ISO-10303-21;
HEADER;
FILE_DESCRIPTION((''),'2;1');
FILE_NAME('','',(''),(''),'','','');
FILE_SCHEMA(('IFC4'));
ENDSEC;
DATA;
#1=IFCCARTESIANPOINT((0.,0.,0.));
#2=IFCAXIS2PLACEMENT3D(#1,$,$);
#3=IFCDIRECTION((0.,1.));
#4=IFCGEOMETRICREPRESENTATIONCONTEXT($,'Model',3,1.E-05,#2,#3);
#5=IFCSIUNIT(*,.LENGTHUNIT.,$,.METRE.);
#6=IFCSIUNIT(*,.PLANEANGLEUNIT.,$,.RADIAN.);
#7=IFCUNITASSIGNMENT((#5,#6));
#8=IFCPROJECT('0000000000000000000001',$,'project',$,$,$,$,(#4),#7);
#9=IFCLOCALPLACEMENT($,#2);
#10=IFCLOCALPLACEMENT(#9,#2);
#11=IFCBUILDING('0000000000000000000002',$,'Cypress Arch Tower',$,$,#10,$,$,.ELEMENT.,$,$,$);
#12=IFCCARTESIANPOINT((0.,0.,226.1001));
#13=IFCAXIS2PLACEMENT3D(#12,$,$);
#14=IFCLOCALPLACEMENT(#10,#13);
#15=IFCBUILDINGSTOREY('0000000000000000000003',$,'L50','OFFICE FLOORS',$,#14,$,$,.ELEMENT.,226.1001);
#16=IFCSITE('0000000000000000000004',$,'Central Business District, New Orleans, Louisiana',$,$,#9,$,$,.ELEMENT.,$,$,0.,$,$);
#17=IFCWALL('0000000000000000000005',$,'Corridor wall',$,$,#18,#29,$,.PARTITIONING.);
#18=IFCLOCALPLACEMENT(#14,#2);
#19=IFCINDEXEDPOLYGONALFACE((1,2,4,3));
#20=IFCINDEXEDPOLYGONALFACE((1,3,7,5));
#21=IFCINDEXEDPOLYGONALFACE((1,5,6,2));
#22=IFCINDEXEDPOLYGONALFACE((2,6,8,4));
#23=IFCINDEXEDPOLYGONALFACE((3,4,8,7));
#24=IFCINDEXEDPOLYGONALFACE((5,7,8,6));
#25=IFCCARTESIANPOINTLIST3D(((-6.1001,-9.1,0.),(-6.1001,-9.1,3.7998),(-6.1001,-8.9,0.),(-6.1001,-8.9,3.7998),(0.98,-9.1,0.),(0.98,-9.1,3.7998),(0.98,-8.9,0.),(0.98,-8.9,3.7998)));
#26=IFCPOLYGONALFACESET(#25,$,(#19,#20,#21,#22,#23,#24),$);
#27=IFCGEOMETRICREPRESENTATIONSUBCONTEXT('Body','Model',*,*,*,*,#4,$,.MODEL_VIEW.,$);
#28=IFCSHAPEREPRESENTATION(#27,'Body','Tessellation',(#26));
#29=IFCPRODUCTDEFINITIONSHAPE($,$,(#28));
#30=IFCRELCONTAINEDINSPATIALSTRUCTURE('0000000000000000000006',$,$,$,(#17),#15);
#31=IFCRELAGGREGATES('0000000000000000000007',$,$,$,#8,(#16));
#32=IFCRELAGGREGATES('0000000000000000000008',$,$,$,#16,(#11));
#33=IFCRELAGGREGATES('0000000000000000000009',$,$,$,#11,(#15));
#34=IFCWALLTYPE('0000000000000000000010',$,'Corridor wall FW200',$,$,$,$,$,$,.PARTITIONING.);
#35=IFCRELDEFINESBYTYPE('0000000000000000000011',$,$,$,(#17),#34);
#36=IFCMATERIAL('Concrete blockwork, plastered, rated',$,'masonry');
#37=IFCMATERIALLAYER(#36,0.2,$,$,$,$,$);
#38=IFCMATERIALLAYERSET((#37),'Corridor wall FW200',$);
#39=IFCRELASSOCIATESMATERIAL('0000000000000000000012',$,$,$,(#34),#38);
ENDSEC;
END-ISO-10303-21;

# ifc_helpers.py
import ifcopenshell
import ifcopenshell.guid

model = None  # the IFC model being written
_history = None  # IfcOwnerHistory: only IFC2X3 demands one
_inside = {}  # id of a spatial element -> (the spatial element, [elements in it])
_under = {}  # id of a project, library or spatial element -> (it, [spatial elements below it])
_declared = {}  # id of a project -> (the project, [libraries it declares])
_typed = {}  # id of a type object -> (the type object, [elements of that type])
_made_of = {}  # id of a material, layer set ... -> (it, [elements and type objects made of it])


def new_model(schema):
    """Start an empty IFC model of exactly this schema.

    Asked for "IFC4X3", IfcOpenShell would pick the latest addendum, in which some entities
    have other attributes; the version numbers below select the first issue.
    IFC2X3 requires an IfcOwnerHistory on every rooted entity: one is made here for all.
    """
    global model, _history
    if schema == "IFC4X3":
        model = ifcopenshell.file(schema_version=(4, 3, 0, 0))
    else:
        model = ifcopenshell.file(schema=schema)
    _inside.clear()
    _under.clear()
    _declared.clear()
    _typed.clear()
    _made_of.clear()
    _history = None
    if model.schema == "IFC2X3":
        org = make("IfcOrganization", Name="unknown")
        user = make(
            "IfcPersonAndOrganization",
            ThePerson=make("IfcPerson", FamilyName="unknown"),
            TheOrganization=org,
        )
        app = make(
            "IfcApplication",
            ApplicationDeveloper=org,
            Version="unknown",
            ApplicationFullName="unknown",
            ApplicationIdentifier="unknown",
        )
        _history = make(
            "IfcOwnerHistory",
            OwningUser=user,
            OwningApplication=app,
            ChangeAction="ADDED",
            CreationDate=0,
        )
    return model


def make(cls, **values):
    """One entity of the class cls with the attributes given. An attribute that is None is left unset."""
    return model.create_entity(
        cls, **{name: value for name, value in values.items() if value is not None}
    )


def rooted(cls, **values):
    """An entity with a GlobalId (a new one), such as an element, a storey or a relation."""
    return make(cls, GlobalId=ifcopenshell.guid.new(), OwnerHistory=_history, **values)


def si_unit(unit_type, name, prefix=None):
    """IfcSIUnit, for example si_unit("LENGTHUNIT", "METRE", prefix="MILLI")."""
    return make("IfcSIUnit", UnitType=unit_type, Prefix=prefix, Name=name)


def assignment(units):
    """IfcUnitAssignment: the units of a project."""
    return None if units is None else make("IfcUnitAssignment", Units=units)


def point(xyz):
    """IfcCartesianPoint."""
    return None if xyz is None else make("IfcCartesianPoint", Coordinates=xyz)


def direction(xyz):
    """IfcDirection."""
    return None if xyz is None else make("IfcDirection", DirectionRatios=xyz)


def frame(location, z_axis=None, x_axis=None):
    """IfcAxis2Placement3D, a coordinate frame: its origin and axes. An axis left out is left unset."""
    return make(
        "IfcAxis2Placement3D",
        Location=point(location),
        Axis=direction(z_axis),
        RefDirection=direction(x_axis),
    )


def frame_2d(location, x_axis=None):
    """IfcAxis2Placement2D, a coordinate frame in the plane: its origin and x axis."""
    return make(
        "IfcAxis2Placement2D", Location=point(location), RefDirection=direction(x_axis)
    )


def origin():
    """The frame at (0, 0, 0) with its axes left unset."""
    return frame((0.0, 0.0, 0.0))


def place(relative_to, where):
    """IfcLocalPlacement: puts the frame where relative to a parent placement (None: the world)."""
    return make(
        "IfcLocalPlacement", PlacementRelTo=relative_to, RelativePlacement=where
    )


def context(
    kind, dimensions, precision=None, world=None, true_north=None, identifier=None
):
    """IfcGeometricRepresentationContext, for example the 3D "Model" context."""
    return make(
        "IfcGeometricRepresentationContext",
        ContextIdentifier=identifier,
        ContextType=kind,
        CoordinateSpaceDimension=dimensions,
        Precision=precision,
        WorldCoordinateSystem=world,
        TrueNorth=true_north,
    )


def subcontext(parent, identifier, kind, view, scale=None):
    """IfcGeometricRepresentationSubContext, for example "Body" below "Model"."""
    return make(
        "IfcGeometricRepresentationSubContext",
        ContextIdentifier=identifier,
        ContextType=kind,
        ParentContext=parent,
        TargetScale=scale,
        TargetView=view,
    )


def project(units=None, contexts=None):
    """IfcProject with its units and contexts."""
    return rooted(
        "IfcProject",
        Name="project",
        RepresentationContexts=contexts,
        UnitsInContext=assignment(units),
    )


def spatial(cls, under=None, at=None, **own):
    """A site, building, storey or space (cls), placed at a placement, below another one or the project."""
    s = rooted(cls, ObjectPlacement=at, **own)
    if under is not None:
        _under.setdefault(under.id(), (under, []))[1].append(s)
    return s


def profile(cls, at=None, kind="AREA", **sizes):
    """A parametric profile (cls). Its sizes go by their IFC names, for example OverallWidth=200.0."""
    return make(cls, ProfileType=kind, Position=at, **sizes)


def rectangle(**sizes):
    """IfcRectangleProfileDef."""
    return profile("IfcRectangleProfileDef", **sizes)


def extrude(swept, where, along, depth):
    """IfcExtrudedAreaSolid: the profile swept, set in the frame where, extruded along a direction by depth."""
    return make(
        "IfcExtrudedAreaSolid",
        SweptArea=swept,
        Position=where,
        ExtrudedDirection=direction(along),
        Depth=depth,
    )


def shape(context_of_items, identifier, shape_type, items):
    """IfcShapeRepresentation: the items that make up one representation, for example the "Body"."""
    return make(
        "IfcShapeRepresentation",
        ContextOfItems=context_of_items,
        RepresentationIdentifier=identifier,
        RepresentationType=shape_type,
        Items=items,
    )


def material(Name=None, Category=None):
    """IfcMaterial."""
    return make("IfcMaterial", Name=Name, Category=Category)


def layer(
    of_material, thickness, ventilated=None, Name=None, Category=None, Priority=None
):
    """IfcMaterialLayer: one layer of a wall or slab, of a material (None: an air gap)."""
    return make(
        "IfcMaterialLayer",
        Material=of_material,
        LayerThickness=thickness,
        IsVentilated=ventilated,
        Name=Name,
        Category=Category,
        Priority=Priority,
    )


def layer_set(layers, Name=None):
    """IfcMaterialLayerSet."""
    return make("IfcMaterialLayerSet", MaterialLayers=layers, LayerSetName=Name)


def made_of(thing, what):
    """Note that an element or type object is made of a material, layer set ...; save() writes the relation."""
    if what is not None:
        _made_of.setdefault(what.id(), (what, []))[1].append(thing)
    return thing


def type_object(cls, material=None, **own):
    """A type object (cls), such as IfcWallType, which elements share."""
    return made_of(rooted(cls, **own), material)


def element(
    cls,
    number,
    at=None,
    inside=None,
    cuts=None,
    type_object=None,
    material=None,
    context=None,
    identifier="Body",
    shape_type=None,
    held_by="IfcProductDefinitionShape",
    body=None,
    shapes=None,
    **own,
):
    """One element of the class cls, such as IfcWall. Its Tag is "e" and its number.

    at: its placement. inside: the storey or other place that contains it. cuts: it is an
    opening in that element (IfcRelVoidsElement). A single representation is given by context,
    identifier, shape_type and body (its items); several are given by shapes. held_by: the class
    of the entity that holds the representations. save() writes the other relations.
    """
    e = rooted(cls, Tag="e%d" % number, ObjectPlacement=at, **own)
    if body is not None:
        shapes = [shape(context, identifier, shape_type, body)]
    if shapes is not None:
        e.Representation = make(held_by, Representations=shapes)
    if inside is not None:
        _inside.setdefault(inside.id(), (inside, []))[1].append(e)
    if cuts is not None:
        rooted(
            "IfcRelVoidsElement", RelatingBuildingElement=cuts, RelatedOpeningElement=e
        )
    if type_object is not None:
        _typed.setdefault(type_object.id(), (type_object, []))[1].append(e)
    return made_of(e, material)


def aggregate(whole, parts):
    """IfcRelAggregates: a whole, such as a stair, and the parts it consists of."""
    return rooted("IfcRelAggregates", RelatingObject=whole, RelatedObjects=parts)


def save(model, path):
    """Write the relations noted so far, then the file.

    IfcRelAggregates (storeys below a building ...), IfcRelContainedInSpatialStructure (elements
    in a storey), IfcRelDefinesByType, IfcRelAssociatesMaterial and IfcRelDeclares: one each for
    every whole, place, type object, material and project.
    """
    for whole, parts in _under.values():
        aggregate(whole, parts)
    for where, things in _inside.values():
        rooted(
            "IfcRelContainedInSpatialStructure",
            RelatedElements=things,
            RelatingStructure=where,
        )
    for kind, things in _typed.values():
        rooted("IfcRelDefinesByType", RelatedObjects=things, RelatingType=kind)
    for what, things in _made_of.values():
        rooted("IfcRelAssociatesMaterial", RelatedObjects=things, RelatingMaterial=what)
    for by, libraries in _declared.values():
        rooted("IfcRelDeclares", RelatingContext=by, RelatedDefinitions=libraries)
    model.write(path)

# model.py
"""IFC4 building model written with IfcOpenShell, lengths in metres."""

from ifc_helpers import new_model, si_unit, direction, frame, frame_2d, origin, place, context, subcontext, project, spatial, rectangle, extrude, material, layer, layer_set, type_object, element, save


model = new_model("IFC4")

# Units and contexts
model_context = context("Model", 3, precision=1e-05, world=origin(), true_north=direction((0.0, 1.0)))
body_context = subcontext(model_context, "Body", "Model", "MODEL_VIEW")
ifc_project = project(units=[si_unit("LENGTHUNIT", "METRE"), si_unit("PLANEANGLEUNIT", "RADIAN")], contexts=[model_context])

# Site, building, storey
site_placement = place(None, origin())
site = spatial("IfcSite", under=ifc_project, at=site_placement, Name="Central Business District, New Orleans, Louisiana", CompositionType="ELEMENT", RefElevation=0.0)
building_placement = place(site_placement, origin())
building = spatial("IfcBuilding", under=site, at=building_placement, Name="Cypress Arch Tower", CompositionType="ELEMENT")
storey_placement = place(building_placement, frame((0.0, 0.0, 226.1001)))
storey = spatial("IfcBuildingStorey", under=building, at=storey_placement, Name="L50", Description="OFFICE FLOORS", CompositionType="ELEMENT", Elevation=226.1001)

# Shared definitions
ifc_material_1 = material(Name="Concrete blockwork, plastered, rated", Category="masonry")
ifc_layer_1 = layer(ifc_material_1, 0.2)
ifc_layer_set_1 = layer_set([ifc_layer_1], Name="Corridor wall FW200")
wall_type_1 = type_object("IfcWallType", Name="Corridor wall FW200", PredefinedType="PARTITIONING", material=ifc_layer_set_1)

# Wall
wall_1_placement = place(storey_placement, frame((-6.1001, -9.0, 0.0), z_axis=(0.0, 0.0, 1.0), x_axis=(1.0, 0.0, 0.0)))
element("IfcWall", 1, at=wall_1_placement, inside=storey, type_object=wall_type_1, Name="Corridor wall", PredefinedType="PARTITIONING", context=body_context, shape_type="SweptSolid", body=[
    extrude(rectangle(XDim=7.0801, YDim=0.2, at=frame_2d((3.54, 0.0))), origin(), (0.0, 0.0, 1.0), 3.7998),
])

save(model, "model.ifc")
